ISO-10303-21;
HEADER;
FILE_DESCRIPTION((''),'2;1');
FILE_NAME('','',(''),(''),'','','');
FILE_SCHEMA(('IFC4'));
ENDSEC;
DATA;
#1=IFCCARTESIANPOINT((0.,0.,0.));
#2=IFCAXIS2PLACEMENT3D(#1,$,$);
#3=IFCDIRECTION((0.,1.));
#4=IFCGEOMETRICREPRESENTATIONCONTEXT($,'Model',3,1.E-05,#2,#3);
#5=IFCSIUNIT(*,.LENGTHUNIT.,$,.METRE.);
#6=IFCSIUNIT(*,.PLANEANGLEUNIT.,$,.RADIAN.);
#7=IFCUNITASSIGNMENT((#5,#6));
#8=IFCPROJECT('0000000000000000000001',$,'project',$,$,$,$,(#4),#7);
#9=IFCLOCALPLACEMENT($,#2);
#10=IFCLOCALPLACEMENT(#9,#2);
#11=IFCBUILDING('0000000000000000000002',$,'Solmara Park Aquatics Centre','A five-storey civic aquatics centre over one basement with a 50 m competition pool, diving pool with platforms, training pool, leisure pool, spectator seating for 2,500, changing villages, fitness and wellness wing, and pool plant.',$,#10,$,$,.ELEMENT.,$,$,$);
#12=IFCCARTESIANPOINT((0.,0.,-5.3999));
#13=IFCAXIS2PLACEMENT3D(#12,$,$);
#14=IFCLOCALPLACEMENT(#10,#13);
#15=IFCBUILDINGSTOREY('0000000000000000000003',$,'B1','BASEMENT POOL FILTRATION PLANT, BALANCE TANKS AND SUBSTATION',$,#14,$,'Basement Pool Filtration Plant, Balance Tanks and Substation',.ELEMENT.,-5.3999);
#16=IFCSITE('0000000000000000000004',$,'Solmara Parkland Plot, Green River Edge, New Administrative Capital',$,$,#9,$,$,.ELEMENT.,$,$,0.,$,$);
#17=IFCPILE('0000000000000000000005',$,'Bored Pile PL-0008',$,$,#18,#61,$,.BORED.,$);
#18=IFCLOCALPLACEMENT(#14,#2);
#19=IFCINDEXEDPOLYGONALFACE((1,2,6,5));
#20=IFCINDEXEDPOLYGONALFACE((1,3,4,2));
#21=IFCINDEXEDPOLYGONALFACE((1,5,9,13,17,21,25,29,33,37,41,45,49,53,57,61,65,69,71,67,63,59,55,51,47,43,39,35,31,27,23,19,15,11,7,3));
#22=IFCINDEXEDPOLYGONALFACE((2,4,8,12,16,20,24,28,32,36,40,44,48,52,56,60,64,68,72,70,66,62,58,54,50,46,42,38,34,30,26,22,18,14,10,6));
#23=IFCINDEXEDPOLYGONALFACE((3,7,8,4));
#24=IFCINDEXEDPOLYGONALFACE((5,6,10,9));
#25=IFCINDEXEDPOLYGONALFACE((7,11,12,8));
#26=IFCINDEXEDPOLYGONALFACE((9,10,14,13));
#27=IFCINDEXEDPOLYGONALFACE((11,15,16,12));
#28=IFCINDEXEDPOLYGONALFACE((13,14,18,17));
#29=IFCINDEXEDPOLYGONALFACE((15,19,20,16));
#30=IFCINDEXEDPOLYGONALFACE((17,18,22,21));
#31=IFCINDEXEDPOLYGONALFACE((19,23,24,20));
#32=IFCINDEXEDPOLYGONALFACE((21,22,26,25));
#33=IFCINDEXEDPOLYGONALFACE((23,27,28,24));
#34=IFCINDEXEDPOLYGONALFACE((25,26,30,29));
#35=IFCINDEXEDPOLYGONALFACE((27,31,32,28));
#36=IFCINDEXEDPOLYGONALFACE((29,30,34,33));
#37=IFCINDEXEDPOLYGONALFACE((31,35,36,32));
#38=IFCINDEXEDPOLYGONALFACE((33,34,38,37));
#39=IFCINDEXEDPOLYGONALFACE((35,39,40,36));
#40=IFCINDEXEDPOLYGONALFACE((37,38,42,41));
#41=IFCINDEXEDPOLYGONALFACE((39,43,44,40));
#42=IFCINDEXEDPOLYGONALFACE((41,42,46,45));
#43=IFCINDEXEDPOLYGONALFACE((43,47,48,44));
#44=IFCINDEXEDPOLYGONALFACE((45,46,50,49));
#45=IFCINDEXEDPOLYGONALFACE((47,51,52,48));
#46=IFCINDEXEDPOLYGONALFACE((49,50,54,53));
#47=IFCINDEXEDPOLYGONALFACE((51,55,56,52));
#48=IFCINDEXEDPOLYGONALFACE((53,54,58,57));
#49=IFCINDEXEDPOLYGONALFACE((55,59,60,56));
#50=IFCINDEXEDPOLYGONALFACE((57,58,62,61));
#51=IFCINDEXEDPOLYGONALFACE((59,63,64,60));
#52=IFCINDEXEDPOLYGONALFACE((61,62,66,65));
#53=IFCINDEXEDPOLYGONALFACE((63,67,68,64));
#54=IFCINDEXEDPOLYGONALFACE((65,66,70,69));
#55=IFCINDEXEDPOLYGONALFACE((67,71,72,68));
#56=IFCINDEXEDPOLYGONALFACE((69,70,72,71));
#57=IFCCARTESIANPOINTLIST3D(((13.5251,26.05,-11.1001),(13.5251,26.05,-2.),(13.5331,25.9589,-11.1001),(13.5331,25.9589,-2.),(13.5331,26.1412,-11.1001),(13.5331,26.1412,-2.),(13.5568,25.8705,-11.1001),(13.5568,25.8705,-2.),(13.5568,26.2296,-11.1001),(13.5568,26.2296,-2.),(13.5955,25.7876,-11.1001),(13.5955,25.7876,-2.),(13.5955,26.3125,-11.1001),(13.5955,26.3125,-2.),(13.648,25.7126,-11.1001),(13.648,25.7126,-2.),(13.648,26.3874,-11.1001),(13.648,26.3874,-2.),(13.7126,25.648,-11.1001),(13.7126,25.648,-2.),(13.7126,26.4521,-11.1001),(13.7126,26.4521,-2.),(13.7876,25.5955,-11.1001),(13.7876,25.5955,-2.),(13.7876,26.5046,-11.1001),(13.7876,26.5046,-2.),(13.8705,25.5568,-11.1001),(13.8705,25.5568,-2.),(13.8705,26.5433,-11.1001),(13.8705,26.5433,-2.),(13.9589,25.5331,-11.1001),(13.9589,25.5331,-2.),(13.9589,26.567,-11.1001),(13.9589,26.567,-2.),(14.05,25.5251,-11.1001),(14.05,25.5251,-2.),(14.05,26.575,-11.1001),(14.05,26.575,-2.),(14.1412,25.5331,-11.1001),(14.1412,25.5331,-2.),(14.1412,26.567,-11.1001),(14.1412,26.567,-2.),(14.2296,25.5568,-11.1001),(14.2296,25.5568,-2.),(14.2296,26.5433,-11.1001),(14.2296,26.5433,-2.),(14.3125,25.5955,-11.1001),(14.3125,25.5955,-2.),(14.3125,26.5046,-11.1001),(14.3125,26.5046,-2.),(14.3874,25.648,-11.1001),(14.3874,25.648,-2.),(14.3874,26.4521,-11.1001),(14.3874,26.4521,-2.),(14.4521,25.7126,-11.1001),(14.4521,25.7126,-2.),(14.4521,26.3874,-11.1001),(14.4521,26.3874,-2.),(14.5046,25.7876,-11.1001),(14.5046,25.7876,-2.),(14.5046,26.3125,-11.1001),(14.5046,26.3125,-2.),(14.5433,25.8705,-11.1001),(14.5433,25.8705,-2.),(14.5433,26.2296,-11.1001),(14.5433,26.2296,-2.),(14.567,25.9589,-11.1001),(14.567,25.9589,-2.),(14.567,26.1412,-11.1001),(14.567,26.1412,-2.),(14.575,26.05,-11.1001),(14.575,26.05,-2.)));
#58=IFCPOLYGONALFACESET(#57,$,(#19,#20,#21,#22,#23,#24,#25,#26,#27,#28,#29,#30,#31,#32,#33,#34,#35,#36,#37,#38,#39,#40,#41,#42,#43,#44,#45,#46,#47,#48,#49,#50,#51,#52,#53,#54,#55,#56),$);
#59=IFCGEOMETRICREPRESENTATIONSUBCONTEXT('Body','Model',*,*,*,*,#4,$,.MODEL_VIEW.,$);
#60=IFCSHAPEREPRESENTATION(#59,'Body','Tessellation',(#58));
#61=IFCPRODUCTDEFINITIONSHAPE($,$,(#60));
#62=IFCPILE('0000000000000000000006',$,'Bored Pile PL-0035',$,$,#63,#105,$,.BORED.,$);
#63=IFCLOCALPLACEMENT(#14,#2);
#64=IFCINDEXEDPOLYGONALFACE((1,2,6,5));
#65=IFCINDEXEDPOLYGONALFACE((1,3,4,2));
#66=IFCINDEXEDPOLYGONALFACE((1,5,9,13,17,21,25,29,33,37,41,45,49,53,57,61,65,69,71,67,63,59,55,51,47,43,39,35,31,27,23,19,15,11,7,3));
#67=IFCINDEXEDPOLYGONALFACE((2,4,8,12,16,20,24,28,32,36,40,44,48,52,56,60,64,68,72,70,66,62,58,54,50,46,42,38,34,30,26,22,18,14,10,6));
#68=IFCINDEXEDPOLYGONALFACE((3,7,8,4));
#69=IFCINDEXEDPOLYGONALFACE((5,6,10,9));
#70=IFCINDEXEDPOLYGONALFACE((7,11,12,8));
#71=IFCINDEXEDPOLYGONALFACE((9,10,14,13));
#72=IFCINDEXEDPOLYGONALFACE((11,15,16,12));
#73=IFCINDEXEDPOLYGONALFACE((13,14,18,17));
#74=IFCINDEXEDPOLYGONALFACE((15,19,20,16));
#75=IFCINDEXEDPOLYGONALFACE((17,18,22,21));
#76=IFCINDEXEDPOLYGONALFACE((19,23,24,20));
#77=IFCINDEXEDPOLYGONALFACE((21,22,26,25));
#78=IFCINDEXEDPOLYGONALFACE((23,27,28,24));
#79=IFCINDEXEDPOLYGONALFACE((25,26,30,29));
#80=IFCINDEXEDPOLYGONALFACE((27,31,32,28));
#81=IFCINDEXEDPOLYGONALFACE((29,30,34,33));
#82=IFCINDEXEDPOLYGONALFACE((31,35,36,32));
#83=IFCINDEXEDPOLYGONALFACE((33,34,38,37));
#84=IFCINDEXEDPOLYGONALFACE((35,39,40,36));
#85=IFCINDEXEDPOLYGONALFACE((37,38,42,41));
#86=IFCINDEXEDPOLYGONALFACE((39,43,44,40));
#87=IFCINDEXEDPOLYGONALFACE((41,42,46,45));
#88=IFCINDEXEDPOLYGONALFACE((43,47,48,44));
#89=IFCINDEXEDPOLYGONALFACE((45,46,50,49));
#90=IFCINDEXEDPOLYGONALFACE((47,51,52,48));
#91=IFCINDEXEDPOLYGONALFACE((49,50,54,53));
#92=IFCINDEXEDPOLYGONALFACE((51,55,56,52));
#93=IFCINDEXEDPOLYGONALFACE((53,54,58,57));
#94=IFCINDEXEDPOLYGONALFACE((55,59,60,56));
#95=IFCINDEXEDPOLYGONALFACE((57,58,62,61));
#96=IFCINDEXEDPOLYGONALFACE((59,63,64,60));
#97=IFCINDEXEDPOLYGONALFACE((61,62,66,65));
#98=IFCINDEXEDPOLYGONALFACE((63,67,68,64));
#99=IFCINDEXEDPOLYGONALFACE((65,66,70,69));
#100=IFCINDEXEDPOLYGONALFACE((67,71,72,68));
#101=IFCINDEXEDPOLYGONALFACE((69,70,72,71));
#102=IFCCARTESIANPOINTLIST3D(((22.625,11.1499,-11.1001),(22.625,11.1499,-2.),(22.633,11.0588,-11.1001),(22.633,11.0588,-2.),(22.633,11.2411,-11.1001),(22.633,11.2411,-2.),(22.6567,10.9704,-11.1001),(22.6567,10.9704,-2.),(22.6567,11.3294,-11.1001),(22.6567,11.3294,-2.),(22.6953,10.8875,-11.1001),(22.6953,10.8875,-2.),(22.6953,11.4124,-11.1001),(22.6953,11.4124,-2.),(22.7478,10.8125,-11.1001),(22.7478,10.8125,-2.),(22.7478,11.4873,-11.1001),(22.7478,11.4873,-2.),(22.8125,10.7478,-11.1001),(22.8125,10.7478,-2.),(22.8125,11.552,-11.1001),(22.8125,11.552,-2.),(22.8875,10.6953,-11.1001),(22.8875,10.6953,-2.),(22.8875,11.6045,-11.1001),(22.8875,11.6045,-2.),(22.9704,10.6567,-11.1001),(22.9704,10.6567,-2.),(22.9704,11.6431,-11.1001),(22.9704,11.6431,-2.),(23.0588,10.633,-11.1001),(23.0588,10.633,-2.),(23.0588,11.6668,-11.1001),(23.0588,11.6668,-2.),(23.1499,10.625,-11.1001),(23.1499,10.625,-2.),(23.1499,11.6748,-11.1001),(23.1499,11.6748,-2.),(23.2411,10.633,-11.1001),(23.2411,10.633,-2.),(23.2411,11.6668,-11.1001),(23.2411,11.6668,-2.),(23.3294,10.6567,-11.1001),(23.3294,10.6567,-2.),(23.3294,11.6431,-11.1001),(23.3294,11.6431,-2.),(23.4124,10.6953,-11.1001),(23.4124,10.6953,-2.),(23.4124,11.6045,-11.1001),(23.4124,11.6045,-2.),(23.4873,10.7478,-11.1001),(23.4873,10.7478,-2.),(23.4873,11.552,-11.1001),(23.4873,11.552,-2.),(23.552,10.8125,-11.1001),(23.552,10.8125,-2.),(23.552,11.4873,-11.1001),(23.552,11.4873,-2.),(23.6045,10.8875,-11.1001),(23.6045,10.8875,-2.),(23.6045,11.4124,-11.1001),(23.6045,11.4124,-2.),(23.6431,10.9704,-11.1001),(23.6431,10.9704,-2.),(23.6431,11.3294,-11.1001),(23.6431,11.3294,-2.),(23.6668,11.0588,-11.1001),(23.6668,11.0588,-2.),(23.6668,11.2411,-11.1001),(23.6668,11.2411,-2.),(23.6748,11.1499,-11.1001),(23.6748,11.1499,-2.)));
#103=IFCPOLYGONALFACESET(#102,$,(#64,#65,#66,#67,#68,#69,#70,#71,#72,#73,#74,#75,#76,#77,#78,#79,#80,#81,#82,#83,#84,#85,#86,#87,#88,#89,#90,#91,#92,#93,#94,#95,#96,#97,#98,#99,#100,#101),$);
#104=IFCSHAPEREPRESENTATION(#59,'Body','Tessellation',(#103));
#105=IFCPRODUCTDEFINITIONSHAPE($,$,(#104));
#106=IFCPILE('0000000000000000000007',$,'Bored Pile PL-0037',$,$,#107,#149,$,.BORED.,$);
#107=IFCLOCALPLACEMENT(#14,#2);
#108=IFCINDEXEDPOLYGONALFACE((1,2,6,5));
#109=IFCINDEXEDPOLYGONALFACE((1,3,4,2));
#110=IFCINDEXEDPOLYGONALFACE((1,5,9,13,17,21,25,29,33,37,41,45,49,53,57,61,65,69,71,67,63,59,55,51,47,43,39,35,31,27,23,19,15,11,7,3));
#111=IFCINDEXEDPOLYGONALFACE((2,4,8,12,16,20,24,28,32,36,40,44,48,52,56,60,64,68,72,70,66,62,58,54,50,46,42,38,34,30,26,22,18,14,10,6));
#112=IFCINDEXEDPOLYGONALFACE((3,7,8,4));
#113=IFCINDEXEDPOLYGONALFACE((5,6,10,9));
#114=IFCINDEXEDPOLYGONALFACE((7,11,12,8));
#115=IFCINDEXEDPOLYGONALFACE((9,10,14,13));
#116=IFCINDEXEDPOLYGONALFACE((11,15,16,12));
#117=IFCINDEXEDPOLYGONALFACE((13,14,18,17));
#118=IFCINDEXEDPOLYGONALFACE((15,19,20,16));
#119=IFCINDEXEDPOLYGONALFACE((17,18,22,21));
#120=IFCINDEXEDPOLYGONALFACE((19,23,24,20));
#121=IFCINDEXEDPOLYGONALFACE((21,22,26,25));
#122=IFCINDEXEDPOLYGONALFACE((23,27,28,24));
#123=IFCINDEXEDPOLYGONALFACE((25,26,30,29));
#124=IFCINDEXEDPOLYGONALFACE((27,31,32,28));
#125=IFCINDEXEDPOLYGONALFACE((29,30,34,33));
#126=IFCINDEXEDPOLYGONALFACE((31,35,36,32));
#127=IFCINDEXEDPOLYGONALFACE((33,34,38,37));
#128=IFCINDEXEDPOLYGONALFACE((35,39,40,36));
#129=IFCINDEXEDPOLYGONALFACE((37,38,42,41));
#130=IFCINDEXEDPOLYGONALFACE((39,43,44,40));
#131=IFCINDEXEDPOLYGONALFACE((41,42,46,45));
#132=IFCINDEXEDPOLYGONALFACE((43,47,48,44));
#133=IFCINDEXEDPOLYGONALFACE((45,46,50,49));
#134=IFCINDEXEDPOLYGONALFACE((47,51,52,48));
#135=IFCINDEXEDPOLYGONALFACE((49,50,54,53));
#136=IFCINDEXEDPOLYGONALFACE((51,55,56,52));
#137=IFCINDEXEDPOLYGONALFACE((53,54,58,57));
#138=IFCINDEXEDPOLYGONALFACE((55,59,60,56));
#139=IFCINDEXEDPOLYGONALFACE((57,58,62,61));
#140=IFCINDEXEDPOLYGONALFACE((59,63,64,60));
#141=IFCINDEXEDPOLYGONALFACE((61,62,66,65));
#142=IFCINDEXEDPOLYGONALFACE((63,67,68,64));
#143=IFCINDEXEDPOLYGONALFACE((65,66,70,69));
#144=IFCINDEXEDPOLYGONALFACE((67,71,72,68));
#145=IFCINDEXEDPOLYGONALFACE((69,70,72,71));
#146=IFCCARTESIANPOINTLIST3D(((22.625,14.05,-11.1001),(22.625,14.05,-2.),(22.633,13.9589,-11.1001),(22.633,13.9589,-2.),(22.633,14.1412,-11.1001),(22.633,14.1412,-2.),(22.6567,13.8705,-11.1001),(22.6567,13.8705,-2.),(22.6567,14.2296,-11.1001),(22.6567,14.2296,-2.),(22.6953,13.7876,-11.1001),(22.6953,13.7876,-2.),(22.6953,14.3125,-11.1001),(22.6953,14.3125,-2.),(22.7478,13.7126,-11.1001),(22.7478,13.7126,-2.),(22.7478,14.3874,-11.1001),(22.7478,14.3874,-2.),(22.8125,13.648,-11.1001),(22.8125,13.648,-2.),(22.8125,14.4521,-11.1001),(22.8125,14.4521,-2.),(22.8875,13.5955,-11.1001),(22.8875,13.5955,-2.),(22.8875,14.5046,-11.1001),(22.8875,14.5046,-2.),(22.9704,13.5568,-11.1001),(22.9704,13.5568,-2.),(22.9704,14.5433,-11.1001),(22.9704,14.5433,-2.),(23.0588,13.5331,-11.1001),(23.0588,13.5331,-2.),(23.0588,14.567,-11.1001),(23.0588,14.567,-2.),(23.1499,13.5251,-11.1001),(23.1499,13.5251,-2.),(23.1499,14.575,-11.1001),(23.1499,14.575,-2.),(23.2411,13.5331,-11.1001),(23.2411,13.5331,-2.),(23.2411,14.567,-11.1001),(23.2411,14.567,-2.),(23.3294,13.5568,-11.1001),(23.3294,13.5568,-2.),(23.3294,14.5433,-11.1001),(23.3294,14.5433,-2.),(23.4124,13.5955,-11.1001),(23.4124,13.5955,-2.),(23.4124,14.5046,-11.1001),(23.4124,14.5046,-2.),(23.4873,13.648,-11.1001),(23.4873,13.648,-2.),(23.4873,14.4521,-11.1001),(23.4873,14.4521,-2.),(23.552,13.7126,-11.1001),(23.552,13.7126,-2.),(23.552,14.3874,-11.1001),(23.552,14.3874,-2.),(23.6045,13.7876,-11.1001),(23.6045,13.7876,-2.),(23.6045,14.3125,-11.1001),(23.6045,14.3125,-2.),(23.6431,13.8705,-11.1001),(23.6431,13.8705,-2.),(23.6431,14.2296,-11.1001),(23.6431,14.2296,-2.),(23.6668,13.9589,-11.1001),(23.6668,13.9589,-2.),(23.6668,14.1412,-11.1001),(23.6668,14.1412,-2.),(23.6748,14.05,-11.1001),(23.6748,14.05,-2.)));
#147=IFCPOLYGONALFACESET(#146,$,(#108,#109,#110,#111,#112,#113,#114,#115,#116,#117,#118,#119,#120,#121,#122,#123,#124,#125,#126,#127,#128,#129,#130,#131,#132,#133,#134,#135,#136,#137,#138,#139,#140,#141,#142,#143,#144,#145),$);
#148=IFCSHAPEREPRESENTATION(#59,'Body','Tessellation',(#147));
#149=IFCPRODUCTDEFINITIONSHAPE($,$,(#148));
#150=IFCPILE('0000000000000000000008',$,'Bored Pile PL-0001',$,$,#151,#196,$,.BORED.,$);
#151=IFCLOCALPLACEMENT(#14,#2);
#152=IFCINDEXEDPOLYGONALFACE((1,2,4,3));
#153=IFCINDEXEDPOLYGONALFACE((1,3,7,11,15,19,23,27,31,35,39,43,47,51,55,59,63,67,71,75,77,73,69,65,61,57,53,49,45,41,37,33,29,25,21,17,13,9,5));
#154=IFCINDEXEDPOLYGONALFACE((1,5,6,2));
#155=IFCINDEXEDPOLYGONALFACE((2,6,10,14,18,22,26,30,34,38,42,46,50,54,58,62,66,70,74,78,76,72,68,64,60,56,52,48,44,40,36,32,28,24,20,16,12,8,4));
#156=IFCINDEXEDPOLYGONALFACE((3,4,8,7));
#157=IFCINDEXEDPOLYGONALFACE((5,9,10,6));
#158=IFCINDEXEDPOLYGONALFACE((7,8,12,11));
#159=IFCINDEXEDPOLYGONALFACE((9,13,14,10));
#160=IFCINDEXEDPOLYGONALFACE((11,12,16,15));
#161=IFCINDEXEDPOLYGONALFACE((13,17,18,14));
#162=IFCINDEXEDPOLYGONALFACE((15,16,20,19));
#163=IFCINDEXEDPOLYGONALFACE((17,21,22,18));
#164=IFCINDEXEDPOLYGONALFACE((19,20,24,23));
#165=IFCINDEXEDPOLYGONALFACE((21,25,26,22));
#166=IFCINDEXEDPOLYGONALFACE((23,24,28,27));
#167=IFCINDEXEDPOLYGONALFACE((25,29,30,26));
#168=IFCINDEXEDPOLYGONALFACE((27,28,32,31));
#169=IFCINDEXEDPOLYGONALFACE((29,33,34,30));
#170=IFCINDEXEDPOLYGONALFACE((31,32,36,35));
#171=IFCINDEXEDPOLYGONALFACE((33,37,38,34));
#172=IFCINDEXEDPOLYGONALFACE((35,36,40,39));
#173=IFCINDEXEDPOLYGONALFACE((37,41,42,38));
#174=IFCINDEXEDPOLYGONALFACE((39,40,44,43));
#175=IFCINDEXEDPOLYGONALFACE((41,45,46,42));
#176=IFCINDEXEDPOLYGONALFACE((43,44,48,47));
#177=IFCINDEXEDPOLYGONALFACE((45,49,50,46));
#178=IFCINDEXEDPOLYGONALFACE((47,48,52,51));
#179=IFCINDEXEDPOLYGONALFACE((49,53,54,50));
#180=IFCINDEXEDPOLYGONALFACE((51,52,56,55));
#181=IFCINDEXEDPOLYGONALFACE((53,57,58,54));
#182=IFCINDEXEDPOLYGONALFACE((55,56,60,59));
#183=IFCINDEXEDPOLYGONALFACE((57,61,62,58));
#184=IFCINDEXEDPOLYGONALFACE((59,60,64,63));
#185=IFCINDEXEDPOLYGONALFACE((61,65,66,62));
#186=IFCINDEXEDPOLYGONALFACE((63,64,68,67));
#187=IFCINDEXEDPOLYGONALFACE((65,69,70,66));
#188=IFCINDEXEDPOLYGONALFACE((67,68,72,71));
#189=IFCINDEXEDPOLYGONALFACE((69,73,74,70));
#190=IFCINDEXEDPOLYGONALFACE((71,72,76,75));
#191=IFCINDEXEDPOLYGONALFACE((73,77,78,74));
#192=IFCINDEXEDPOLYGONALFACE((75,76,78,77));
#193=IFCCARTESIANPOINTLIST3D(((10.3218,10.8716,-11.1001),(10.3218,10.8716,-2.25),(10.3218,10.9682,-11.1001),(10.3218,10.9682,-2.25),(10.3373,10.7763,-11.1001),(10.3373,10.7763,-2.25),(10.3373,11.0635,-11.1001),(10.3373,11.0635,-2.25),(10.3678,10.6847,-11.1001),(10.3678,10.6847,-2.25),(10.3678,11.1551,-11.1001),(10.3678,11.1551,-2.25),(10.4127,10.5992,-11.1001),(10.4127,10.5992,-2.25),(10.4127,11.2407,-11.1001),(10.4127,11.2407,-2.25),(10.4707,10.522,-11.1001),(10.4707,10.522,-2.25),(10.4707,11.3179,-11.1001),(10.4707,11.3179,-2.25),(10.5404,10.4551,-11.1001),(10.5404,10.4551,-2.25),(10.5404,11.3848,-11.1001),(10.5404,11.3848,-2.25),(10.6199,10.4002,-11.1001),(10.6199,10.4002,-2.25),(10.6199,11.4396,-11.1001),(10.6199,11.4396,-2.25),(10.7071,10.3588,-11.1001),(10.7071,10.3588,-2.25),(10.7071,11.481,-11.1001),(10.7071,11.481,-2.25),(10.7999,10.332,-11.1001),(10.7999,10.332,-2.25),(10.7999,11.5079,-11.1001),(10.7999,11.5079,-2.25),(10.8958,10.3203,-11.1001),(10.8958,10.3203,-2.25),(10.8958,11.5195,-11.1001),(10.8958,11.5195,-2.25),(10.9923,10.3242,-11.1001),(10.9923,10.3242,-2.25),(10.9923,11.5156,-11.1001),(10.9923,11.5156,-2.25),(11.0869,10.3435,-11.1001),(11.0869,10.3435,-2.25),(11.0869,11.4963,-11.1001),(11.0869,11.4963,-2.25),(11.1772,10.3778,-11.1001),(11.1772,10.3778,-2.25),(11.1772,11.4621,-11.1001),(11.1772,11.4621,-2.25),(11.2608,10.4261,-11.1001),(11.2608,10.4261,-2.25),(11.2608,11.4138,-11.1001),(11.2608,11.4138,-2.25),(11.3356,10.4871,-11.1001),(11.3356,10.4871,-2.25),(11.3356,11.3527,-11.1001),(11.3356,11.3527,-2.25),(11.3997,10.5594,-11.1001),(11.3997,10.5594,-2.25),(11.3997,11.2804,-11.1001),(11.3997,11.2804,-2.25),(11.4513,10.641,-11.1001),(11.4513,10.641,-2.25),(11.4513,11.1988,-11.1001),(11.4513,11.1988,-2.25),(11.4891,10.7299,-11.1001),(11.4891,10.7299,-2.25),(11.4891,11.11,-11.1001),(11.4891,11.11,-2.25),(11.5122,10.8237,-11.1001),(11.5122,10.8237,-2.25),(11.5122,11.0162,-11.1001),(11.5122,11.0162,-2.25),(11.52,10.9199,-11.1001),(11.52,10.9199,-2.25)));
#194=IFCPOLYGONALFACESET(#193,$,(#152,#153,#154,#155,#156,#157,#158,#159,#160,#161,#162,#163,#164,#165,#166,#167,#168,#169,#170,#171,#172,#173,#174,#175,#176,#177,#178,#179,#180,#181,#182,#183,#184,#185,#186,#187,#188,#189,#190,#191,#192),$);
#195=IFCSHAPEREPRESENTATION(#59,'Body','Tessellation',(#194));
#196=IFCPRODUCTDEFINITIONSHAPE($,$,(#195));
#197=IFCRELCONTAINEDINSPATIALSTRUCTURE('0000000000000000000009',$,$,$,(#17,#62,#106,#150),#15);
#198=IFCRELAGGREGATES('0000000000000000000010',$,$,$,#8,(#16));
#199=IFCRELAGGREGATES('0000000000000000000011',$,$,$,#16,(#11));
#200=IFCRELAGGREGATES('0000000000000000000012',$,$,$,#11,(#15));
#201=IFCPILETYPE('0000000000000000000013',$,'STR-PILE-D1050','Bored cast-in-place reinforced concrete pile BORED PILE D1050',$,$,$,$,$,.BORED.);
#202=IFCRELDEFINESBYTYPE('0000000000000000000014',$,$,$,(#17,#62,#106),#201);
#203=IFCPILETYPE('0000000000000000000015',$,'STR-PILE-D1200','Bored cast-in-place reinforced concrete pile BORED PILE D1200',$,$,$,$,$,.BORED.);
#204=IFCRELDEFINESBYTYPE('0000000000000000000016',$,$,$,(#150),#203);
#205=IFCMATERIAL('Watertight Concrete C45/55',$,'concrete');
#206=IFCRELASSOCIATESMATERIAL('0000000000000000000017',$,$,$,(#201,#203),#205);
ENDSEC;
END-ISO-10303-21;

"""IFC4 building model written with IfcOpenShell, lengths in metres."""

from ifc_helpers import new_model, si_unit, direction, frame, origin, origin_2d, place, context, subcontext, project, spatial, circle, extrude, material, material_profile, profile_set, type_object, element, save


model = new_model("IFC4")

# Units and contexts
model_context = context("Model", 3, precision=1e-05, world=origin(), true_north=direction((0.0, 1.0)))
body_context = subcontext(model_context, "Body", "Model", "MODEL_VIEW")
ifc_project = project(units=[si_unit("LENGTHUNIT", "METRE"), si_unit("PLANEANGLEUNIT", "RADIAN")], contexts=[model_context])

# Site, building, storey
site_placement = place(None, origin())
site = spatial("IfcSite", under=ifc_project, at=site_placement, Name="Solmara Parkland Plot, Green River Edge, New Administrative Capital", CompositionType="ELEMENT", RefElevation=0.0)
building_placement = place(site_placement, origin())
building = spatial("IfcBuilding", under=site, at=building_placement, Name="Solmara Park Aquatics Centre", Description="A five-storey civic aquatics centre over one basement with a 50 m competition pool, diving pool with platforms, training pool, leisure pool, spectator seating for 2,500, changing villages, fitness and wellness wing, and pool plant.", CompositionType="ELEMENT")
storey_placement = place(building_placement, frame((0.0, 0.0, -5.3999)))
storey = spatial("IfcBuildingStorey", under=building, at=storey_placement, Name="B1", Description="BASEMENT POOL FILTRATION PLANT, BALANCE TANKS AND SUBSTATION", LongName="Basement Pool Filtration Plant, Balance Tanks and Substation", CompositionType="ELEMENT", Elevation=-5.3999)

# Shared definitions
ifc_material_1 = material(Name="Watertight Concrete C45/55", Category="concrete")

# Piles
ifc_material_profile_1 = material_profile(ifc_material_1, circle(Radius=0.5249, at=origin_2d()), Name="BORED PILE D1050")
ifc_profile_set_1 = profile_set([ifc_material_profile_1], Name="Watertight Concrete C45/55")
pile_type_1 = type_object("IfcPileType", Name="STR-PILE-D1050", Description="Bored cast-in-place reinforced concrete pile BORED PILE D1050", PredefinedType="BORED", material=ifc_profile_set_1)
for number, where, z_axis, x_axis, name in (
    (1, (14.05, 26.05, -2.0), (0.0, 0.0, -1.0), (1.0, 0.0, 0.0), "Bored Pile PL-0008"),
    (2, (23.1499, 11.1499, -2.0), (0.0, 0.0, -1.0), (1.0, 0.0, 0.0), "Bored Pile PL-0035"),
    (3, (23.1499, 14.05, -2.0), (0.0, 0.0, -1.0), (1.0, 0.0, 0.0), "Bored Pile PL-0037"),
):
    element("IfcPile", number, at=place(storey_placement, frame(where, z_axis=z_axis, x_axis=x_axis)), inside=storey, type_object=pile_type_1, Name=name, PredefinedType="BORED", context=body_context, shape_type="SweptSolid", body=[
        extrude(circle(Radius=0.5249, at=origin_2d()), origin(), (0.0, 0.0, 1.0), 9.1001),
    ])
ifc_material_profile_2 = material_profile(ifc_material_1, circle(Radius=0.6001, at=origin_2d()), Name="BORED PILE D1200")
ifc_profile_set_2 = profile_set([ifc_material_profile_2], Name="Watertight Concrete C45/55")
pile_type_2 = type_object("IfcPileType", Name="STR-PILE-D1200", Description="Bored cast-in-place reinforced concrete pile BORED PILE D1200", PredefinedType="BORED", material=ifc_profile_set_2)
for number, where, z_axis, x_axis, name in (
    (4, (10.9199, 10.9199, -2.25), (0.0, 0.0, -1.0), (1.0, 0.0, 0.0), "Bored Pile PL-0001"),
):
    element("IfcPile", number, at=place(storey_placement, frame(where, z_axis=z_axis, x_axis=x_axis)), inside=storey, type_object=pile_type_2, Name=name, PredefinedType="BORED", context=body_context, shape_type="SweptSolid", body=[
        extrude(circle(Radius=0.6001, at=origin_2d()), origin(), (0.0, 0.0, 1.0), 8.8501),
    ])

save(model, "model.ifc")
